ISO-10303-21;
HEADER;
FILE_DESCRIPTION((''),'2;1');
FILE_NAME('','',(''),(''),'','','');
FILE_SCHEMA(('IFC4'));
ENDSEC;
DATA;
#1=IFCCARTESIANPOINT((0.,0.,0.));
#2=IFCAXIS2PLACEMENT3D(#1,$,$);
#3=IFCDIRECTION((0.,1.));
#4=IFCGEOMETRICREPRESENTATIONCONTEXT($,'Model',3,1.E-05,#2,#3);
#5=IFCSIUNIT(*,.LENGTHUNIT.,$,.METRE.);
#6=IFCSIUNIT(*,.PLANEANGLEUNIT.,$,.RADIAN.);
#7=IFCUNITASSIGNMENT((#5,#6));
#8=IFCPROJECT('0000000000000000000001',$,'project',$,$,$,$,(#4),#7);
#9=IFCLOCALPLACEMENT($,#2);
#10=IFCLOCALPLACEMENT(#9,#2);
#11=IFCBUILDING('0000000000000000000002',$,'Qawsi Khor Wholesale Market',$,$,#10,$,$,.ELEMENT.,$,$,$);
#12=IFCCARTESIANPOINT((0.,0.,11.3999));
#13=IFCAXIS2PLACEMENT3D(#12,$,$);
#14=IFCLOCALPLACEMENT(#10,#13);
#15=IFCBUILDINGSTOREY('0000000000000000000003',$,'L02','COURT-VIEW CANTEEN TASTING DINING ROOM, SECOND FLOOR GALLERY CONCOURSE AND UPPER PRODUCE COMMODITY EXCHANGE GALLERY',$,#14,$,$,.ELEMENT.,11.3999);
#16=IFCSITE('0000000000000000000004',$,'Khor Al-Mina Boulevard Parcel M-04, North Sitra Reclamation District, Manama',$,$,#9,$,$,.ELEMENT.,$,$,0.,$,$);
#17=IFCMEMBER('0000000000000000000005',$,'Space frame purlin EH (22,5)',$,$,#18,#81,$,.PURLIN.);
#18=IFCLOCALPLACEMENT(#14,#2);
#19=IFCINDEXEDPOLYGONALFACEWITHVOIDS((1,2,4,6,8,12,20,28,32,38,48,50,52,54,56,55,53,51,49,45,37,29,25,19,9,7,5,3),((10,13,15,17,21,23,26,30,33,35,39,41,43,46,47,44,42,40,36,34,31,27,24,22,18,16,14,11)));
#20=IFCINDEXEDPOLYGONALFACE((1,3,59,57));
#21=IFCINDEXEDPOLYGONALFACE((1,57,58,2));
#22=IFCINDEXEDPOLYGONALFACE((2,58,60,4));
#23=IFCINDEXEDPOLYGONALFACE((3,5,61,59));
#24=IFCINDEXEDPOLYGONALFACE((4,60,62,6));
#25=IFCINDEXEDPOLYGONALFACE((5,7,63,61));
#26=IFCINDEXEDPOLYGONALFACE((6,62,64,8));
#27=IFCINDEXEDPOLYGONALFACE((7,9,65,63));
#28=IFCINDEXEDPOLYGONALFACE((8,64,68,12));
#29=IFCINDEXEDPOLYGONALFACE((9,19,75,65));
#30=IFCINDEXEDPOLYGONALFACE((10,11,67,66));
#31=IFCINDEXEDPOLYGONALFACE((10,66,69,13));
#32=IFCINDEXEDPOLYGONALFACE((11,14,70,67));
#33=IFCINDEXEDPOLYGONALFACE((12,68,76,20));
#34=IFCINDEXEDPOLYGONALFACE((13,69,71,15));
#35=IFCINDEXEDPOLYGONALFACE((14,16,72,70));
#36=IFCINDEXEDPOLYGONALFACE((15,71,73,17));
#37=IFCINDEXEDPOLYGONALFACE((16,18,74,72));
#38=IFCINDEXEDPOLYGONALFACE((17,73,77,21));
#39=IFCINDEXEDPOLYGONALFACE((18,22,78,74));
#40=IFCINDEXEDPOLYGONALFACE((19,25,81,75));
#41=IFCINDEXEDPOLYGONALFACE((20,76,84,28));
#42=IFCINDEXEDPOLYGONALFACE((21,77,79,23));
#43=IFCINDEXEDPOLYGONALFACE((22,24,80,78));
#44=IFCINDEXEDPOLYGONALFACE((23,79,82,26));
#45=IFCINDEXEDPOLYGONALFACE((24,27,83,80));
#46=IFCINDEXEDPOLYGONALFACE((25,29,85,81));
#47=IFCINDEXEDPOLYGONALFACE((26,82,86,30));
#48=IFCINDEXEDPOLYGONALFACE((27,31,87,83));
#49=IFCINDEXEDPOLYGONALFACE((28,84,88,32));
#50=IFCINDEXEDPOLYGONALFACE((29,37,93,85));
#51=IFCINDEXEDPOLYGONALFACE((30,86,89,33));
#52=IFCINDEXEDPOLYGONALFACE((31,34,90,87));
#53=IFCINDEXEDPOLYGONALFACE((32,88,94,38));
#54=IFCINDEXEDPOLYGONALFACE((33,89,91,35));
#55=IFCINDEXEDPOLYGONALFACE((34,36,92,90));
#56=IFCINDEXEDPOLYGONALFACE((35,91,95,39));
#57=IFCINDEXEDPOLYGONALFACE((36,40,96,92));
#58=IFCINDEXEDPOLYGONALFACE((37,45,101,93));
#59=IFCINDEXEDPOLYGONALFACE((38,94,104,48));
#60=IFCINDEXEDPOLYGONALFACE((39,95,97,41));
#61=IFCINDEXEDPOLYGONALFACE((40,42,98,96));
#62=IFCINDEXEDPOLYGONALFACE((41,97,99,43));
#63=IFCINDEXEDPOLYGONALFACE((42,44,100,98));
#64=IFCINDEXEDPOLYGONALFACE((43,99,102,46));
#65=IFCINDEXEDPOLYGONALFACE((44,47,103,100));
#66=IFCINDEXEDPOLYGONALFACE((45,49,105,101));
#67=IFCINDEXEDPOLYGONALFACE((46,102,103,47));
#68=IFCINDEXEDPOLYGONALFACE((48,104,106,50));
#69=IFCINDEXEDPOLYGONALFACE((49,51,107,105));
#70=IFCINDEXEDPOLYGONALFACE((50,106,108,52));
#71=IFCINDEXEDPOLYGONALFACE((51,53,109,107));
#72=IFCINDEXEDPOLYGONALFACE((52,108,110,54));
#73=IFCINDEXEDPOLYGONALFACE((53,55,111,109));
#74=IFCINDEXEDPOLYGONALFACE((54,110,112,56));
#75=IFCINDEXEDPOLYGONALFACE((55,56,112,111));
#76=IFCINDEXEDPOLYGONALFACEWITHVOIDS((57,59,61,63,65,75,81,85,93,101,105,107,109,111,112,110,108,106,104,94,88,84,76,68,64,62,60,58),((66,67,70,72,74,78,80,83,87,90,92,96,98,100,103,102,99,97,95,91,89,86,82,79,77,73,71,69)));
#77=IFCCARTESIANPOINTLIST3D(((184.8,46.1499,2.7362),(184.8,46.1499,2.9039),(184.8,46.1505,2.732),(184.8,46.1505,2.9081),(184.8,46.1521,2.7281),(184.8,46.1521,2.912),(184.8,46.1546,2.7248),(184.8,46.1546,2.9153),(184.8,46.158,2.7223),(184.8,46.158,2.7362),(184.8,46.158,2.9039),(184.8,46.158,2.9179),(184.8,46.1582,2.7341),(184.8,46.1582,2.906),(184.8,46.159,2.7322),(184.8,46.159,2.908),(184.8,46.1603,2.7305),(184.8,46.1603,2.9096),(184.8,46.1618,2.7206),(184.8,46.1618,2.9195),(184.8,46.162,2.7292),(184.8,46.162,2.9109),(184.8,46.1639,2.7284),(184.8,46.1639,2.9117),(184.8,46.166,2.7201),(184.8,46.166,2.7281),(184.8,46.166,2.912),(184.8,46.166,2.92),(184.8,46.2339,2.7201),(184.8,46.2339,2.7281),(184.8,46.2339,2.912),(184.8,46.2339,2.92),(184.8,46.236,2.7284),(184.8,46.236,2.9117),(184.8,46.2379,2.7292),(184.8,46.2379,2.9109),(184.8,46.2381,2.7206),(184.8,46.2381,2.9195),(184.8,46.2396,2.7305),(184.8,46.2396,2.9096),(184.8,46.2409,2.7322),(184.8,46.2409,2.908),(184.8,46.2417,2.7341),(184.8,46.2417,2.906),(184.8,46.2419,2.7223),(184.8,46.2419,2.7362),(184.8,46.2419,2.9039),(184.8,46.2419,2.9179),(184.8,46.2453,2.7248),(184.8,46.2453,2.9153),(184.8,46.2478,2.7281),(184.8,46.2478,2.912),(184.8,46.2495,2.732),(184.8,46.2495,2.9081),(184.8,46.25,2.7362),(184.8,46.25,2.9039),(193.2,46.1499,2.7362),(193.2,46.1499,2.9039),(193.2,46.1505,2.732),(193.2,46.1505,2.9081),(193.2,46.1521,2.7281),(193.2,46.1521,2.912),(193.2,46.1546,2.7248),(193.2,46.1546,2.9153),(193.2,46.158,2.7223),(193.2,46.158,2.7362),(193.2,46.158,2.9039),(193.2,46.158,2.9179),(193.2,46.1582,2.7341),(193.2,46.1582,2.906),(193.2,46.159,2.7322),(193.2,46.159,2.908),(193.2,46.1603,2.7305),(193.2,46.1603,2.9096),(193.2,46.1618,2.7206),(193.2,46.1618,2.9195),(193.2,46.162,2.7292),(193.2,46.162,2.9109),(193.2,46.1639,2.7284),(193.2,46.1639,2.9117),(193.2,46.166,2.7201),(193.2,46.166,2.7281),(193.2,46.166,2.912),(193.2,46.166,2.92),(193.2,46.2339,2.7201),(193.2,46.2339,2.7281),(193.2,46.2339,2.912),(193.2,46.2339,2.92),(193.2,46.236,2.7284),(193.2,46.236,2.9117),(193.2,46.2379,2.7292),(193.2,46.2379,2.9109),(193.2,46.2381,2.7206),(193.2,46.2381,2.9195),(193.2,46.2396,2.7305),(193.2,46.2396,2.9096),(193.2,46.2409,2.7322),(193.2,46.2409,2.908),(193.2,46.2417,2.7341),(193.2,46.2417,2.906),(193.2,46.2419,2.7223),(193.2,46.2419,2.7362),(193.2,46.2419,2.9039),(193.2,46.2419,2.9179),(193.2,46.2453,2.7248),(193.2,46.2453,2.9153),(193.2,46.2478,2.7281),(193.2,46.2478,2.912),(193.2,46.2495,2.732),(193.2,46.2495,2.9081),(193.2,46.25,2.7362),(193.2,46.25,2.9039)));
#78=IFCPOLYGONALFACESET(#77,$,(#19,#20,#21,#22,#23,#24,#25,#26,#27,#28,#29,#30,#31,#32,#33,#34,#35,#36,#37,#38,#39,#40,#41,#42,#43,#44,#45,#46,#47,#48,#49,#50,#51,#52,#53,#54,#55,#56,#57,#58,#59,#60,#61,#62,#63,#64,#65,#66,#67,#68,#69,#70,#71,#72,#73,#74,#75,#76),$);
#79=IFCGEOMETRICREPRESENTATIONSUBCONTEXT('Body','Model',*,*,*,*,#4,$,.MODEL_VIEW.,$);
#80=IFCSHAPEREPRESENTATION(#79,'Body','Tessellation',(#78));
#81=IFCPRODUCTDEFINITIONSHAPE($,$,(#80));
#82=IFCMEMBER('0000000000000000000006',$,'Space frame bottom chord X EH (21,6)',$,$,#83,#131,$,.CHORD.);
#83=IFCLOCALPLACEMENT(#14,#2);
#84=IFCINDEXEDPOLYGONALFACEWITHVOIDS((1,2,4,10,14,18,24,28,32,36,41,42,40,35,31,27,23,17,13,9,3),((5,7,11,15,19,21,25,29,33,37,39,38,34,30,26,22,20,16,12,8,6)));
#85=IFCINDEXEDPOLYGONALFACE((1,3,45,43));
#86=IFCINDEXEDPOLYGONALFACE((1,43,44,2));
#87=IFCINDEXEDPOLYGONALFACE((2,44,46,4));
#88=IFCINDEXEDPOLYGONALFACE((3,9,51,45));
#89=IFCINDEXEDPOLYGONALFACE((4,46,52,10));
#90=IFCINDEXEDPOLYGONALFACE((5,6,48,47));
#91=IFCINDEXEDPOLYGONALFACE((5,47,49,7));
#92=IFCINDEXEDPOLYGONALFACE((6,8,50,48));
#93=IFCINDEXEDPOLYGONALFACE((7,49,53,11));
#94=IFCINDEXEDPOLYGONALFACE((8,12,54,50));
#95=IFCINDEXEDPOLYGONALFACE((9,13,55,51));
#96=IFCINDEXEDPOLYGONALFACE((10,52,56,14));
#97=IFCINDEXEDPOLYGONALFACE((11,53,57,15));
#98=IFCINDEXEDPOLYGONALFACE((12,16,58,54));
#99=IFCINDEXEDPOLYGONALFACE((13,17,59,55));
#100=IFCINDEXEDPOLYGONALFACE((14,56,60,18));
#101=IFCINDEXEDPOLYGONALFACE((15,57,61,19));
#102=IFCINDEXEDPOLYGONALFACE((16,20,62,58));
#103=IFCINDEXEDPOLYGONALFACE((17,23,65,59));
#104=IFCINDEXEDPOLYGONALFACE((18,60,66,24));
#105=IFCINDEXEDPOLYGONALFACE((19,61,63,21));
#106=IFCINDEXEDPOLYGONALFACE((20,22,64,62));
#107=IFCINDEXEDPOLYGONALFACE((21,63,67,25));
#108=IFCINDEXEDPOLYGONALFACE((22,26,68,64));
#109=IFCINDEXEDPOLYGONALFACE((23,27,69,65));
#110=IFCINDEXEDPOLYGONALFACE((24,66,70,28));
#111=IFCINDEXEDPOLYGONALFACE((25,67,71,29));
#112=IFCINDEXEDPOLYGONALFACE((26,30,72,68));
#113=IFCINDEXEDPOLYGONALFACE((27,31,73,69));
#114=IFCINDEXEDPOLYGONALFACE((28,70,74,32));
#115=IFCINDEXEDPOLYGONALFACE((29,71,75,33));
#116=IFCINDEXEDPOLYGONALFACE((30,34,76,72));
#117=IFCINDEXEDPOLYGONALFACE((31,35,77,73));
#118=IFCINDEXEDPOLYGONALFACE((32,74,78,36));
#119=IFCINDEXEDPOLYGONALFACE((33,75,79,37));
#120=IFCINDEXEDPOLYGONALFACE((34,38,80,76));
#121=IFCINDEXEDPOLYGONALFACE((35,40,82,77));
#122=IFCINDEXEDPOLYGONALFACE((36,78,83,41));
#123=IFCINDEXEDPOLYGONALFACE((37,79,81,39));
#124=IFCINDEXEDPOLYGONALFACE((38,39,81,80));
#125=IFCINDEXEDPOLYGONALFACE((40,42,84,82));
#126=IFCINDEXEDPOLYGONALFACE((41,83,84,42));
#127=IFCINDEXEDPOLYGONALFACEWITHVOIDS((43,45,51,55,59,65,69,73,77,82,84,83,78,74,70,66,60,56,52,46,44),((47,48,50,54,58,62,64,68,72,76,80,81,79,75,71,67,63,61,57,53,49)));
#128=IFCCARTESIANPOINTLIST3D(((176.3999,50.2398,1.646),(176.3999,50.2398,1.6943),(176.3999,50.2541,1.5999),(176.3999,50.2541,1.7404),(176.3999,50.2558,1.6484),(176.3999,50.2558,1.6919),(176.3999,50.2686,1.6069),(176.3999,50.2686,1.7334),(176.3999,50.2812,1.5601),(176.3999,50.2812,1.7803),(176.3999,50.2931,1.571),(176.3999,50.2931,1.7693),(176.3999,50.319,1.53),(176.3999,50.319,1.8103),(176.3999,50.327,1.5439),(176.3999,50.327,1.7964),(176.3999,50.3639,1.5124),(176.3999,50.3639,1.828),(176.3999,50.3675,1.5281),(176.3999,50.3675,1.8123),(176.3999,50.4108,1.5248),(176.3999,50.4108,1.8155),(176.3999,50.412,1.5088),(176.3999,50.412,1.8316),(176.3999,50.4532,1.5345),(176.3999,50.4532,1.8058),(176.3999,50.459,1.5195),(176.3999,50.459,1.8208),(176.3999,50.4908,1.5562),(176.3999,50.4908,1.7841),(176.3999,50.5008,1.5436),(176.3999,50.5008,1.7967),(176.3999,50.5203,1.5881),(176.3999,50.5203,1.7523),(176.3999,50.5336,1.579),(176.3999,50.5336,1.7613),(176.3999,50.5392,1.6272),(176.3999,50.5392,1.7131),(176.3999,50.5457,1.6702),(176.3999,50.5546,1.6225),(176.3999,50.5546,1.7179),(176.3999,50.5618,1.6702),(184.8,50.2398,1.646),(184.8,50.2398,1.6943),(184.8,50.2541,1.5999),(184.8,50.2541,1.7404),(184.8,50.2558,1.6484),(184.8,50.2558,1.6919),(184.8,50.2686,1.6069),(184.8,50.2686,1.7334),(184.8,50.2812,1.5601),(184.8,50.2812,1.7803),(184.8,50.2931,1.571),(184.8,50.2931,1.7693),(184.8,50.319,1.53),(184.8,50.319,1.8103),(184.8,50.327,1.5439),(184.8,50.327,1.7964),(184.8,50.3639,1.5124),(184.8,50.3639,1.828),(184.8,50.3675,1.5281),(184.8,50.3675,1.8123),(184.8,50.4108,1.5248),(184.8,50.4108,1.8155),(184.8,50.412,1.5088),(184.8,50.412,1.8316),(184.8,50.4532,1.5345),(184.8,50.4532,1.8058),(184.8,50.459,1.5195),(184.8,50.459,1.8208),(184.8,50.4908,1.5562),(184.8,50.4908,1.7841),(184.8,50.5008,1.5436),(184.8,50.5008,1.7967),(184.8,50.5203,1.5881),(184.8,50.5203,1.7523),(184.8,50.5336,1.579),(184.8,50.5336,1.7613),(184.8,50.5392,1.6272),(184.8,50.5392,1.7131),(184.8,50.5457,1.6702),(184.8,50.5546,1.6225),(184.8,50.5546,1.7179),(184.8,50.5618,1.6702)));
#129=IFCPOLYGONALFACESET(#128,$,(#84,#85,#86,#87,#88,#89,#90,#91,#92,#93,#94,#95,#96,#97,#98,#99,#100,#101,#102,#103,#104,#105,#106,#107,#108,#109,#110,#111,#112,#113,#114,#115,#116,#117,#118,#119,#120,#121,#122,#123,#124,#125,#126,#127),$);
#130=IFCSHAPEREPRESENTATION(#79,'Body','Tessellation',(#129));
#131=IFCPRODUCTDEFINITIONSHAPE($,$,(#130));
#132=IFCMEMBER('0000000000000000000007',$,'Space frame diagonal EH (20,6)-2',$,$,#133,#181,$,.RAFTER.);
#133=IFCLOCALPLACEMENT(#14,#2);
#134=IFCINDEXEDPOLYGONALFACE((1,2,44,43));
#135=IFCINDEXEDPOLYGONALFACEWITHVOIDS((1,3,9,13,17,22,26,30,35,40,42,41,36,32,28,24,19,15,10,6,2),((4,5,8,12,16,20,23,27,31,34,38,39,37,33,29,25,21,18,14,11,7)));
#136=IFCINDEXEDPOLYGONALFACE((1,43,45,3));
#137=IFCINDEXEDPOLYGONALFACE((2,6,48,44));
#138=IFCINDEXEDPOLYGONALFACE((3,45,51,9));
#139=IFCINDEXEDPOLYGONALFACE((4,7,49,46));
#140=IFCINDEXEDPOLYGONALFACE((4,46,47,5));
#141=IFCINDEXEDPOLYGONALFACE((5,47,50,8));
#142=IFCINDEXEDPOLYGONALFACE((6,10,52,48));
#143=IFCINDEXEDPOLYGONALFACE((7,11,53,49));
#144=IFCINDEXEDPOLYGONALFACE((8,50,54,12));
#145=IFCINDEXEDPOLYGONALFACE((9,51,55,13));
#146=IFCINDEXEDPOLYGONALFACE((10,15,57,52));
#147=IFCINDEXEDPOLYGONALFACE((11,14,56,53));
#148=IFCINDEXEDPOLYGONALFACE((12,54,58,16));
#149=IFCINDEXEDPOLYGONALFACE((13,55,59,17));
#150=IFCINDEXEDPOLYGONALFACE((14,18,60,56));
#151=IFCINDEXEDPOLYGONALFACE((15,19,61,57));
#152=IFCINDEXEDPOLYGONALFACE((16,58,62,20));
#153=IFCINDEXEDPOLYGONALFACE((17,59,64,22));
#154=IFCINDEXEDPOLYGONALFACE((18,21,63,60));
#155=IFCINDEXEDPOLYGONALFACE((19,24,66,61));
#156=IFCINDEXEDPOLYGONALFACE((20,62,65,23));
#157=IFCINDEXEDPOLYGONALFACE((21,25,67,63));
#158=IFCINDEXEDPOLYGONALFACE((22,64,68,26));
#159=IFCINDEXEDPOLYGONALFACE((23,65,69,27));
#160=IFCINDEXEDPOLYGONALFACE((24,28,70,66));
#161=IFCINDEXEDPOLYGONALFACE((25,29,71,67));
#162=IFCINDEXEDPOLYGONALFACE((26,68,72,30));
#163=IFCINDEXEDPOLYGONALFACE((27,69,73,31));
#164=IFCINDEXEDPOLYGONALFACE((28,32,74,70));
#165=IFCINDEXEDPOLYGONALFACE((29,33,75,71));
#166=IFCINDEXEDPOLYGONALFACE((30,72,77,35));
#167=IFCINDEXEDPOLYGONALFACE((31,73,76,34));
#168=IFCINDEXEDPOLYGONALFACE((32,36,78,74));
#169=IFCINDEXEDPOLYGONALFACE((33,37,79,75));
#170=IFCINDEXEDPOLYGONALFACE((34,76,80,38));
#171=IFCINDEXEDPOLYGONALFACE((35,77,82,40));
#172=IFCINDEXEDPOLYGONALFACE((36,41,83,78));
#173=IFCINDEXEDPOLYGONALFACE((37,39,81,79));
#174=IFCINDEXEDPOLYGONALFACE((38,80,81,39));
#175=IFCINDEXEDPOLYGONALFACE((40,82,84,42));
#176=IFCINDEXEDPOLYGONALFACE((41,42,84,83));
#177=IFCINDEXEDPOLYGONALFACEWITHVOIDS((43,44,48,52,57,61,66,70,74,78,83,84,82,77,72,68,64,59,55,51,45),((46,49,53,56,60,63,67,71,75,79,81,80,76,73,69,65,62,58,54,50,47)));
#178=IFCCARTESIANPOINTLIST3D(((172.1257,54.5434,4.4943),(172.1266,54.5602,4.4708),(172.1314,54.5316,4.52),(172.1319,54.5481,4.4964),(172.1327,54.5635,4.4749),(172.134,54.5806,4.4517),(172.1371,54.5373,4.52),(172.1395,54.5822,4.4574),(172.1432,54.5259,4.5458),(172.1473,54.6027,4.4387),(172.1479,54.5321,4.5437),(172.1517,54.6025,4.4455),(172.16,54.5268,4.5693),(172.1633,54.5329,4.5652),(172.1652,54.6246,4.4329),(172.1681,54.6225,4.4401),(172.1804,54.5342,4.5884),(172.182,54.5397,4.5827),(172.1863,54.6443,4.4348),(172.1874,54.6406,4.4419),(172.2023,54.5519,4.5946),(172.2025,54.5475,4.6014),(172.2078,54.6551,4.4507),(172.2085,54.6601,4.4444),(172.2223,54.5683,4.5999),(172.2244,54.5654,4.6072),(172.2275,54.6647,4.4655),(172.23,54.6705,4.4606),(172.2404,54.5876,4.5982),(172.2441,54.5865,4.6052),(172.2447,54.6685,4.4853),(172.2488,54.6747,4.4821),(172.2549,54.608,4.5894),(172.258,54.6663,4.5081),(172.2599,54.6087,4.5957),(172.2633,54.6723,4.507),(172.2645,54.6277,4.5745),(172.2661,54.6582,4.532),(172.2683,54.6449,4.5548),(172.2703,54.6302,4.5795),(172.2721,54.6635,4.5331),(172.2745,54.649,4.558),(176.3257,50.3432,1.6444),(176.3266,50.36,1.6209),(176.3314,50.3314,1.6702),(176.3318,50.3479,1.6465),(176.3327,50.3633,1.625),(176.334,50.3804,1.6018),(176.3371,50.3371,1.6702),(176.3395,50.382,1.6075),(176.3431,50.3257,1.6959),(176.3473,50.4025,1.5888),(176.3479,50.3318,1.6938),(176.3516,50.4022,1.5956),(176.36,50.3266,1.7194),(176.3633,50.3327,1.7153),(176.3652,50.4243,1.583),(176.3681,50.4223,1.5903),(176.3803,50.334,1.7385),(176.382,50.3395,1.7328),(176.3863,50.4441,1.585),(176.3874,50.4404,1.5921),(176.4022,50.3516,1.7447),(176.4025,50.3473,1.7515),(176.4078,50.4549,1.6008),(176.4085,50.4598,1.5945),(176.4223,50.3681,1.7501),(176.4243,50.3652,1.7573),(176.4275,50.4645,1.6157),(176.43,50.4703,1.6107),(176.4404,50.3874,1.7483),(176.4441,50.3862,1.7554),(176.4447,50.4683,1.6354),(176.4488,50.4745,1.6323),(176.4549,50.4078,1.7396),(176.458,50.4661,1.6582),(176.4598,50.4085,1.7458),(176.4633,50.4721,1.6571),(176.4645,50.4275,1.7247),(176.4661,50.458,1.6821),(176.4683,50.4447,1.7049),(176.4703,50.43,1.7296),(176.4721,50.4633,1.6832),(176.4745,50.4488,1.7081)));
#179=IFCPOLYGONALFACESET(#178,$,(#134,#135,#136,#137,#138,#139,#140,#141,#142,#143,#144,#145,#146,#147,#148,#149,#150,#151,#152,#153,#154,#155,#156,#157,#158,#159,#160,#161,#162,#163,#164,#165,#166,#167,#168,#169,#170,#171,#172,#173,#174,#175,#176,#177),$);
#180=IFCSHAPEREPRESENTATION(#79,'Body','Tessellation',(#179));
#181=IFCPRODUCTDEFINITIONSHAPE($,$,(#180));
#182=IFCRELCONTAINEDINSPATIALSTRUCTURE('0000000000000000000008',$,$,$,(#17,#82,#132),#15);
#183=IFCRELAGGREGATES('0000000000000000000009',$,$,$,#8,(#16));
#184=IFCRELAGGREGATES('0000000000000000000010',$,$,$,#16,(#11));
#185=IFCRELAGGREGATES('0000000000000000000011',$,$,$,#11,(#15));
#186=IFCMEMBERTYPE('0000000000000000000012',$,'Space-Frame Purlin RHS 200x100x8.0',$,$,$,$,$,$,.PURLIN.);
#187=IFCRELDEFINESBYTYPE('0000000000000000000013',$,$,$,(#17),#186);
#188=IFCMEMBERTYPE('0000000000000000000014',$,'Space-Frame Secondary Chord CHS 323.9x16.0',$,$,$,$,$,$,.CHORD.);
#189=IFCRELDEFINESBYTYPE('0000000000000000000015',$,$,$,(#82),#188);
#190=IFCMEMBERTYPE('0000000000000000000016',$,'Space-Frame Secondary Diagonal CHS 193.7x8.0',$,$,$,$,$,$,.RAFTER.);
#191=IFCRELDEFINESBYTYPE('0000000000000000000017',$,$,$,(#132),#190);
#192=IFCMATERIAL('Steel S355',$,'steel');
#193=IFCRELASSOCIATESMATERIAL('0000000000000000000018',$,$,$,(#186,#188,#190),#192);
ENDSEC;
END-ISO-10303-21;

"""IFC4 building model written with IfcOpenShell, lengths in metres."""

from ifc_helpers import new_model, si_unit, direction, frame, origin, origin_2d, place, context, subcontext, project, spatial, hollow_rectangle, hollow_circle, extrude, material, material_profile, profile_set, type_object, element, save


model = new_model("IFC4")

# Units and contexts
model_context = context("Model", 3, precision=1e-05, world=origin(), true_north=direction((0.0, 1.0)))
body_context = subcontext(model_context, "Body", "Model", "MODEL_VIEW")
ifc_project = project(units=[si_unit("LENGTHUNIT", "METRE"), si_unit("PLANEANGLEUNIT", "RADIAN")], contexts=[model_context])

# Site, building, storey
site_placement = place(None, origin())
site = spatial("IfcSite", under=ifc_project, at=site_placement, Name="Khor Al-Mina Boulevard Parcel M-04, North Sitra Reclamation District, Manama", CompositionType="ELEMENT", RefElevation=0.0)
building_placement = place(site_placement, origin())
building = spatial("IfcBuilding", under=site, at=building_placement, Name="Qawsi Khor Wholesale Market", CompositionType="ELEMENT")
storey_placement = place(building_placement, frame((0.0, 0.0, 11.3999)))
storey = spatial("IfcBuildingStorey", under=building, at=storey_placement, Name="L02", Description="COURT-VIEW CANTEEN TASTING DINING ROOM, SECOND FLOOR GALLERY CONCOURSE AND UPPER PRODUCE COMMODITY EXCHANGE GALLERY", CompositionType="ELEMENT", Elevation=11.3999)

# Members
ifc_material_1 = material(Name="Steel S355", Category="steel")
ifc_material_profile_1 = material_profile(ifc_material_1, hollow_rectangle(XDim=0.1001, YDim=0.2, WallThickness=0.0081, InnerFilletRadius=0.0081, OuterFilletRadius=0.0161, at=origin_2d()), Name="RHS 200x100x8.0")
ifc_profile_set_1 = profile_set([ifc_material_profile_1], Name="Steel S355")
member_type_1 = type_object("IfcMemberType", Name="Space-Frame Purlin RHS 200x100x8.0", PredefinedType="PURLIN", material=ifc_profile_set_1)
member_1_placement = place(storey_placement, frame((184.8, 46.2, 2.8201), z_axis=(1.0, 0.0, 0.0), x_axis=(0.0, 1.0, 0.0)))
element("IfcMember", 1, at=member_1_placement, inside=storey, type_object=member_type_1, Name="Space frame purlin EH (22,5)", PredefinedType="PURLIN", context=body_context, shape_type="SweptSolid", body=[
    extrude(hollow_rectangle(XDim=0.1001, YDim=0.2, WallThickness=0.0081, InnerFilletRadius=0.0081, OuterFilletRadius=0.0161, at=origin_2d()), origin(), (0.0, 0.0, 1.0), 8.3999),
])
ifc_material_profile_2 = material_profile(ifc_material_1, hollow_circle(Radius=0.1619, WallThickness=0.0161, at=origin_2d()), Name="CHS 323.9x16.0")
ifc_profile_set_2 = profile_set([ifc_material_profile_2], Name="Steel S355")
member_type_2 = type_object("IfcMemberType", Name="Space-Frame Secondary Chord CHS 323.9x16.0", PredefinedType="CHORD", material=ifc_profile_set_2)
member_2_placement = place(storey_placement, frame((176.3999, 50.3999, 1.6702), z_axis=(1.0, 0.0, 0.0), x_axis=(0.0, 1.0, 0.0)))
element("IfcMember", 2, at=member_2_placement, inside=storey, type_object=member_type_2, Name="Space frame bottom chord X EH (21,6)", PredefinedType="CHORD", context=body_context, shape_type="SweptSolid", body=[
    extrude(hollow_circle(Radius=0.1619, WallThickness=0.0161, at=origin_2d()), origin(), (0.0, 0.0, 1.0), 8.4001),
])
ifc_material_profile_3 = material_profile(ifc_material_1, hollow_circle(Radius=0.0969, WallThickness=0.0081, at=origin_2d()), Name="CHS 193.7x8.0")
ifc_profile_set_3 = profile_set([ifc_material_profile_3], Name="Steel S355")
member_type_3 = type_object("IfcMemberType", Name="Space-Frame Secondary Diagonal CHS 193.7x8.0", PredefinedType="RAFTER", material=ifc_profile_set_3)
member_3_placement = place(storey_placement, frame((176.3999, 50.3999, 1.6702), z_axis=(-0.637507, 0.637544, 0.432577), x_axis=(-0.707127, -0.707086, 0.0)))
element("IfcMember", 3, at=member_3_placement, inside=storey, type_object=member_type_3, Name="Space frame diagonal EH (20,6)-2", PredefinedType="RAFTER", context=body_context, shape_type="SweptSolid", body=[
    extrude(hollow_circle(Radius=0.0969, WallThickness=0.0081, at=origin_2d()), origin(), (0.0, 0.0, 1.0), 6.5881),
])

save(model, "model.ifc")
